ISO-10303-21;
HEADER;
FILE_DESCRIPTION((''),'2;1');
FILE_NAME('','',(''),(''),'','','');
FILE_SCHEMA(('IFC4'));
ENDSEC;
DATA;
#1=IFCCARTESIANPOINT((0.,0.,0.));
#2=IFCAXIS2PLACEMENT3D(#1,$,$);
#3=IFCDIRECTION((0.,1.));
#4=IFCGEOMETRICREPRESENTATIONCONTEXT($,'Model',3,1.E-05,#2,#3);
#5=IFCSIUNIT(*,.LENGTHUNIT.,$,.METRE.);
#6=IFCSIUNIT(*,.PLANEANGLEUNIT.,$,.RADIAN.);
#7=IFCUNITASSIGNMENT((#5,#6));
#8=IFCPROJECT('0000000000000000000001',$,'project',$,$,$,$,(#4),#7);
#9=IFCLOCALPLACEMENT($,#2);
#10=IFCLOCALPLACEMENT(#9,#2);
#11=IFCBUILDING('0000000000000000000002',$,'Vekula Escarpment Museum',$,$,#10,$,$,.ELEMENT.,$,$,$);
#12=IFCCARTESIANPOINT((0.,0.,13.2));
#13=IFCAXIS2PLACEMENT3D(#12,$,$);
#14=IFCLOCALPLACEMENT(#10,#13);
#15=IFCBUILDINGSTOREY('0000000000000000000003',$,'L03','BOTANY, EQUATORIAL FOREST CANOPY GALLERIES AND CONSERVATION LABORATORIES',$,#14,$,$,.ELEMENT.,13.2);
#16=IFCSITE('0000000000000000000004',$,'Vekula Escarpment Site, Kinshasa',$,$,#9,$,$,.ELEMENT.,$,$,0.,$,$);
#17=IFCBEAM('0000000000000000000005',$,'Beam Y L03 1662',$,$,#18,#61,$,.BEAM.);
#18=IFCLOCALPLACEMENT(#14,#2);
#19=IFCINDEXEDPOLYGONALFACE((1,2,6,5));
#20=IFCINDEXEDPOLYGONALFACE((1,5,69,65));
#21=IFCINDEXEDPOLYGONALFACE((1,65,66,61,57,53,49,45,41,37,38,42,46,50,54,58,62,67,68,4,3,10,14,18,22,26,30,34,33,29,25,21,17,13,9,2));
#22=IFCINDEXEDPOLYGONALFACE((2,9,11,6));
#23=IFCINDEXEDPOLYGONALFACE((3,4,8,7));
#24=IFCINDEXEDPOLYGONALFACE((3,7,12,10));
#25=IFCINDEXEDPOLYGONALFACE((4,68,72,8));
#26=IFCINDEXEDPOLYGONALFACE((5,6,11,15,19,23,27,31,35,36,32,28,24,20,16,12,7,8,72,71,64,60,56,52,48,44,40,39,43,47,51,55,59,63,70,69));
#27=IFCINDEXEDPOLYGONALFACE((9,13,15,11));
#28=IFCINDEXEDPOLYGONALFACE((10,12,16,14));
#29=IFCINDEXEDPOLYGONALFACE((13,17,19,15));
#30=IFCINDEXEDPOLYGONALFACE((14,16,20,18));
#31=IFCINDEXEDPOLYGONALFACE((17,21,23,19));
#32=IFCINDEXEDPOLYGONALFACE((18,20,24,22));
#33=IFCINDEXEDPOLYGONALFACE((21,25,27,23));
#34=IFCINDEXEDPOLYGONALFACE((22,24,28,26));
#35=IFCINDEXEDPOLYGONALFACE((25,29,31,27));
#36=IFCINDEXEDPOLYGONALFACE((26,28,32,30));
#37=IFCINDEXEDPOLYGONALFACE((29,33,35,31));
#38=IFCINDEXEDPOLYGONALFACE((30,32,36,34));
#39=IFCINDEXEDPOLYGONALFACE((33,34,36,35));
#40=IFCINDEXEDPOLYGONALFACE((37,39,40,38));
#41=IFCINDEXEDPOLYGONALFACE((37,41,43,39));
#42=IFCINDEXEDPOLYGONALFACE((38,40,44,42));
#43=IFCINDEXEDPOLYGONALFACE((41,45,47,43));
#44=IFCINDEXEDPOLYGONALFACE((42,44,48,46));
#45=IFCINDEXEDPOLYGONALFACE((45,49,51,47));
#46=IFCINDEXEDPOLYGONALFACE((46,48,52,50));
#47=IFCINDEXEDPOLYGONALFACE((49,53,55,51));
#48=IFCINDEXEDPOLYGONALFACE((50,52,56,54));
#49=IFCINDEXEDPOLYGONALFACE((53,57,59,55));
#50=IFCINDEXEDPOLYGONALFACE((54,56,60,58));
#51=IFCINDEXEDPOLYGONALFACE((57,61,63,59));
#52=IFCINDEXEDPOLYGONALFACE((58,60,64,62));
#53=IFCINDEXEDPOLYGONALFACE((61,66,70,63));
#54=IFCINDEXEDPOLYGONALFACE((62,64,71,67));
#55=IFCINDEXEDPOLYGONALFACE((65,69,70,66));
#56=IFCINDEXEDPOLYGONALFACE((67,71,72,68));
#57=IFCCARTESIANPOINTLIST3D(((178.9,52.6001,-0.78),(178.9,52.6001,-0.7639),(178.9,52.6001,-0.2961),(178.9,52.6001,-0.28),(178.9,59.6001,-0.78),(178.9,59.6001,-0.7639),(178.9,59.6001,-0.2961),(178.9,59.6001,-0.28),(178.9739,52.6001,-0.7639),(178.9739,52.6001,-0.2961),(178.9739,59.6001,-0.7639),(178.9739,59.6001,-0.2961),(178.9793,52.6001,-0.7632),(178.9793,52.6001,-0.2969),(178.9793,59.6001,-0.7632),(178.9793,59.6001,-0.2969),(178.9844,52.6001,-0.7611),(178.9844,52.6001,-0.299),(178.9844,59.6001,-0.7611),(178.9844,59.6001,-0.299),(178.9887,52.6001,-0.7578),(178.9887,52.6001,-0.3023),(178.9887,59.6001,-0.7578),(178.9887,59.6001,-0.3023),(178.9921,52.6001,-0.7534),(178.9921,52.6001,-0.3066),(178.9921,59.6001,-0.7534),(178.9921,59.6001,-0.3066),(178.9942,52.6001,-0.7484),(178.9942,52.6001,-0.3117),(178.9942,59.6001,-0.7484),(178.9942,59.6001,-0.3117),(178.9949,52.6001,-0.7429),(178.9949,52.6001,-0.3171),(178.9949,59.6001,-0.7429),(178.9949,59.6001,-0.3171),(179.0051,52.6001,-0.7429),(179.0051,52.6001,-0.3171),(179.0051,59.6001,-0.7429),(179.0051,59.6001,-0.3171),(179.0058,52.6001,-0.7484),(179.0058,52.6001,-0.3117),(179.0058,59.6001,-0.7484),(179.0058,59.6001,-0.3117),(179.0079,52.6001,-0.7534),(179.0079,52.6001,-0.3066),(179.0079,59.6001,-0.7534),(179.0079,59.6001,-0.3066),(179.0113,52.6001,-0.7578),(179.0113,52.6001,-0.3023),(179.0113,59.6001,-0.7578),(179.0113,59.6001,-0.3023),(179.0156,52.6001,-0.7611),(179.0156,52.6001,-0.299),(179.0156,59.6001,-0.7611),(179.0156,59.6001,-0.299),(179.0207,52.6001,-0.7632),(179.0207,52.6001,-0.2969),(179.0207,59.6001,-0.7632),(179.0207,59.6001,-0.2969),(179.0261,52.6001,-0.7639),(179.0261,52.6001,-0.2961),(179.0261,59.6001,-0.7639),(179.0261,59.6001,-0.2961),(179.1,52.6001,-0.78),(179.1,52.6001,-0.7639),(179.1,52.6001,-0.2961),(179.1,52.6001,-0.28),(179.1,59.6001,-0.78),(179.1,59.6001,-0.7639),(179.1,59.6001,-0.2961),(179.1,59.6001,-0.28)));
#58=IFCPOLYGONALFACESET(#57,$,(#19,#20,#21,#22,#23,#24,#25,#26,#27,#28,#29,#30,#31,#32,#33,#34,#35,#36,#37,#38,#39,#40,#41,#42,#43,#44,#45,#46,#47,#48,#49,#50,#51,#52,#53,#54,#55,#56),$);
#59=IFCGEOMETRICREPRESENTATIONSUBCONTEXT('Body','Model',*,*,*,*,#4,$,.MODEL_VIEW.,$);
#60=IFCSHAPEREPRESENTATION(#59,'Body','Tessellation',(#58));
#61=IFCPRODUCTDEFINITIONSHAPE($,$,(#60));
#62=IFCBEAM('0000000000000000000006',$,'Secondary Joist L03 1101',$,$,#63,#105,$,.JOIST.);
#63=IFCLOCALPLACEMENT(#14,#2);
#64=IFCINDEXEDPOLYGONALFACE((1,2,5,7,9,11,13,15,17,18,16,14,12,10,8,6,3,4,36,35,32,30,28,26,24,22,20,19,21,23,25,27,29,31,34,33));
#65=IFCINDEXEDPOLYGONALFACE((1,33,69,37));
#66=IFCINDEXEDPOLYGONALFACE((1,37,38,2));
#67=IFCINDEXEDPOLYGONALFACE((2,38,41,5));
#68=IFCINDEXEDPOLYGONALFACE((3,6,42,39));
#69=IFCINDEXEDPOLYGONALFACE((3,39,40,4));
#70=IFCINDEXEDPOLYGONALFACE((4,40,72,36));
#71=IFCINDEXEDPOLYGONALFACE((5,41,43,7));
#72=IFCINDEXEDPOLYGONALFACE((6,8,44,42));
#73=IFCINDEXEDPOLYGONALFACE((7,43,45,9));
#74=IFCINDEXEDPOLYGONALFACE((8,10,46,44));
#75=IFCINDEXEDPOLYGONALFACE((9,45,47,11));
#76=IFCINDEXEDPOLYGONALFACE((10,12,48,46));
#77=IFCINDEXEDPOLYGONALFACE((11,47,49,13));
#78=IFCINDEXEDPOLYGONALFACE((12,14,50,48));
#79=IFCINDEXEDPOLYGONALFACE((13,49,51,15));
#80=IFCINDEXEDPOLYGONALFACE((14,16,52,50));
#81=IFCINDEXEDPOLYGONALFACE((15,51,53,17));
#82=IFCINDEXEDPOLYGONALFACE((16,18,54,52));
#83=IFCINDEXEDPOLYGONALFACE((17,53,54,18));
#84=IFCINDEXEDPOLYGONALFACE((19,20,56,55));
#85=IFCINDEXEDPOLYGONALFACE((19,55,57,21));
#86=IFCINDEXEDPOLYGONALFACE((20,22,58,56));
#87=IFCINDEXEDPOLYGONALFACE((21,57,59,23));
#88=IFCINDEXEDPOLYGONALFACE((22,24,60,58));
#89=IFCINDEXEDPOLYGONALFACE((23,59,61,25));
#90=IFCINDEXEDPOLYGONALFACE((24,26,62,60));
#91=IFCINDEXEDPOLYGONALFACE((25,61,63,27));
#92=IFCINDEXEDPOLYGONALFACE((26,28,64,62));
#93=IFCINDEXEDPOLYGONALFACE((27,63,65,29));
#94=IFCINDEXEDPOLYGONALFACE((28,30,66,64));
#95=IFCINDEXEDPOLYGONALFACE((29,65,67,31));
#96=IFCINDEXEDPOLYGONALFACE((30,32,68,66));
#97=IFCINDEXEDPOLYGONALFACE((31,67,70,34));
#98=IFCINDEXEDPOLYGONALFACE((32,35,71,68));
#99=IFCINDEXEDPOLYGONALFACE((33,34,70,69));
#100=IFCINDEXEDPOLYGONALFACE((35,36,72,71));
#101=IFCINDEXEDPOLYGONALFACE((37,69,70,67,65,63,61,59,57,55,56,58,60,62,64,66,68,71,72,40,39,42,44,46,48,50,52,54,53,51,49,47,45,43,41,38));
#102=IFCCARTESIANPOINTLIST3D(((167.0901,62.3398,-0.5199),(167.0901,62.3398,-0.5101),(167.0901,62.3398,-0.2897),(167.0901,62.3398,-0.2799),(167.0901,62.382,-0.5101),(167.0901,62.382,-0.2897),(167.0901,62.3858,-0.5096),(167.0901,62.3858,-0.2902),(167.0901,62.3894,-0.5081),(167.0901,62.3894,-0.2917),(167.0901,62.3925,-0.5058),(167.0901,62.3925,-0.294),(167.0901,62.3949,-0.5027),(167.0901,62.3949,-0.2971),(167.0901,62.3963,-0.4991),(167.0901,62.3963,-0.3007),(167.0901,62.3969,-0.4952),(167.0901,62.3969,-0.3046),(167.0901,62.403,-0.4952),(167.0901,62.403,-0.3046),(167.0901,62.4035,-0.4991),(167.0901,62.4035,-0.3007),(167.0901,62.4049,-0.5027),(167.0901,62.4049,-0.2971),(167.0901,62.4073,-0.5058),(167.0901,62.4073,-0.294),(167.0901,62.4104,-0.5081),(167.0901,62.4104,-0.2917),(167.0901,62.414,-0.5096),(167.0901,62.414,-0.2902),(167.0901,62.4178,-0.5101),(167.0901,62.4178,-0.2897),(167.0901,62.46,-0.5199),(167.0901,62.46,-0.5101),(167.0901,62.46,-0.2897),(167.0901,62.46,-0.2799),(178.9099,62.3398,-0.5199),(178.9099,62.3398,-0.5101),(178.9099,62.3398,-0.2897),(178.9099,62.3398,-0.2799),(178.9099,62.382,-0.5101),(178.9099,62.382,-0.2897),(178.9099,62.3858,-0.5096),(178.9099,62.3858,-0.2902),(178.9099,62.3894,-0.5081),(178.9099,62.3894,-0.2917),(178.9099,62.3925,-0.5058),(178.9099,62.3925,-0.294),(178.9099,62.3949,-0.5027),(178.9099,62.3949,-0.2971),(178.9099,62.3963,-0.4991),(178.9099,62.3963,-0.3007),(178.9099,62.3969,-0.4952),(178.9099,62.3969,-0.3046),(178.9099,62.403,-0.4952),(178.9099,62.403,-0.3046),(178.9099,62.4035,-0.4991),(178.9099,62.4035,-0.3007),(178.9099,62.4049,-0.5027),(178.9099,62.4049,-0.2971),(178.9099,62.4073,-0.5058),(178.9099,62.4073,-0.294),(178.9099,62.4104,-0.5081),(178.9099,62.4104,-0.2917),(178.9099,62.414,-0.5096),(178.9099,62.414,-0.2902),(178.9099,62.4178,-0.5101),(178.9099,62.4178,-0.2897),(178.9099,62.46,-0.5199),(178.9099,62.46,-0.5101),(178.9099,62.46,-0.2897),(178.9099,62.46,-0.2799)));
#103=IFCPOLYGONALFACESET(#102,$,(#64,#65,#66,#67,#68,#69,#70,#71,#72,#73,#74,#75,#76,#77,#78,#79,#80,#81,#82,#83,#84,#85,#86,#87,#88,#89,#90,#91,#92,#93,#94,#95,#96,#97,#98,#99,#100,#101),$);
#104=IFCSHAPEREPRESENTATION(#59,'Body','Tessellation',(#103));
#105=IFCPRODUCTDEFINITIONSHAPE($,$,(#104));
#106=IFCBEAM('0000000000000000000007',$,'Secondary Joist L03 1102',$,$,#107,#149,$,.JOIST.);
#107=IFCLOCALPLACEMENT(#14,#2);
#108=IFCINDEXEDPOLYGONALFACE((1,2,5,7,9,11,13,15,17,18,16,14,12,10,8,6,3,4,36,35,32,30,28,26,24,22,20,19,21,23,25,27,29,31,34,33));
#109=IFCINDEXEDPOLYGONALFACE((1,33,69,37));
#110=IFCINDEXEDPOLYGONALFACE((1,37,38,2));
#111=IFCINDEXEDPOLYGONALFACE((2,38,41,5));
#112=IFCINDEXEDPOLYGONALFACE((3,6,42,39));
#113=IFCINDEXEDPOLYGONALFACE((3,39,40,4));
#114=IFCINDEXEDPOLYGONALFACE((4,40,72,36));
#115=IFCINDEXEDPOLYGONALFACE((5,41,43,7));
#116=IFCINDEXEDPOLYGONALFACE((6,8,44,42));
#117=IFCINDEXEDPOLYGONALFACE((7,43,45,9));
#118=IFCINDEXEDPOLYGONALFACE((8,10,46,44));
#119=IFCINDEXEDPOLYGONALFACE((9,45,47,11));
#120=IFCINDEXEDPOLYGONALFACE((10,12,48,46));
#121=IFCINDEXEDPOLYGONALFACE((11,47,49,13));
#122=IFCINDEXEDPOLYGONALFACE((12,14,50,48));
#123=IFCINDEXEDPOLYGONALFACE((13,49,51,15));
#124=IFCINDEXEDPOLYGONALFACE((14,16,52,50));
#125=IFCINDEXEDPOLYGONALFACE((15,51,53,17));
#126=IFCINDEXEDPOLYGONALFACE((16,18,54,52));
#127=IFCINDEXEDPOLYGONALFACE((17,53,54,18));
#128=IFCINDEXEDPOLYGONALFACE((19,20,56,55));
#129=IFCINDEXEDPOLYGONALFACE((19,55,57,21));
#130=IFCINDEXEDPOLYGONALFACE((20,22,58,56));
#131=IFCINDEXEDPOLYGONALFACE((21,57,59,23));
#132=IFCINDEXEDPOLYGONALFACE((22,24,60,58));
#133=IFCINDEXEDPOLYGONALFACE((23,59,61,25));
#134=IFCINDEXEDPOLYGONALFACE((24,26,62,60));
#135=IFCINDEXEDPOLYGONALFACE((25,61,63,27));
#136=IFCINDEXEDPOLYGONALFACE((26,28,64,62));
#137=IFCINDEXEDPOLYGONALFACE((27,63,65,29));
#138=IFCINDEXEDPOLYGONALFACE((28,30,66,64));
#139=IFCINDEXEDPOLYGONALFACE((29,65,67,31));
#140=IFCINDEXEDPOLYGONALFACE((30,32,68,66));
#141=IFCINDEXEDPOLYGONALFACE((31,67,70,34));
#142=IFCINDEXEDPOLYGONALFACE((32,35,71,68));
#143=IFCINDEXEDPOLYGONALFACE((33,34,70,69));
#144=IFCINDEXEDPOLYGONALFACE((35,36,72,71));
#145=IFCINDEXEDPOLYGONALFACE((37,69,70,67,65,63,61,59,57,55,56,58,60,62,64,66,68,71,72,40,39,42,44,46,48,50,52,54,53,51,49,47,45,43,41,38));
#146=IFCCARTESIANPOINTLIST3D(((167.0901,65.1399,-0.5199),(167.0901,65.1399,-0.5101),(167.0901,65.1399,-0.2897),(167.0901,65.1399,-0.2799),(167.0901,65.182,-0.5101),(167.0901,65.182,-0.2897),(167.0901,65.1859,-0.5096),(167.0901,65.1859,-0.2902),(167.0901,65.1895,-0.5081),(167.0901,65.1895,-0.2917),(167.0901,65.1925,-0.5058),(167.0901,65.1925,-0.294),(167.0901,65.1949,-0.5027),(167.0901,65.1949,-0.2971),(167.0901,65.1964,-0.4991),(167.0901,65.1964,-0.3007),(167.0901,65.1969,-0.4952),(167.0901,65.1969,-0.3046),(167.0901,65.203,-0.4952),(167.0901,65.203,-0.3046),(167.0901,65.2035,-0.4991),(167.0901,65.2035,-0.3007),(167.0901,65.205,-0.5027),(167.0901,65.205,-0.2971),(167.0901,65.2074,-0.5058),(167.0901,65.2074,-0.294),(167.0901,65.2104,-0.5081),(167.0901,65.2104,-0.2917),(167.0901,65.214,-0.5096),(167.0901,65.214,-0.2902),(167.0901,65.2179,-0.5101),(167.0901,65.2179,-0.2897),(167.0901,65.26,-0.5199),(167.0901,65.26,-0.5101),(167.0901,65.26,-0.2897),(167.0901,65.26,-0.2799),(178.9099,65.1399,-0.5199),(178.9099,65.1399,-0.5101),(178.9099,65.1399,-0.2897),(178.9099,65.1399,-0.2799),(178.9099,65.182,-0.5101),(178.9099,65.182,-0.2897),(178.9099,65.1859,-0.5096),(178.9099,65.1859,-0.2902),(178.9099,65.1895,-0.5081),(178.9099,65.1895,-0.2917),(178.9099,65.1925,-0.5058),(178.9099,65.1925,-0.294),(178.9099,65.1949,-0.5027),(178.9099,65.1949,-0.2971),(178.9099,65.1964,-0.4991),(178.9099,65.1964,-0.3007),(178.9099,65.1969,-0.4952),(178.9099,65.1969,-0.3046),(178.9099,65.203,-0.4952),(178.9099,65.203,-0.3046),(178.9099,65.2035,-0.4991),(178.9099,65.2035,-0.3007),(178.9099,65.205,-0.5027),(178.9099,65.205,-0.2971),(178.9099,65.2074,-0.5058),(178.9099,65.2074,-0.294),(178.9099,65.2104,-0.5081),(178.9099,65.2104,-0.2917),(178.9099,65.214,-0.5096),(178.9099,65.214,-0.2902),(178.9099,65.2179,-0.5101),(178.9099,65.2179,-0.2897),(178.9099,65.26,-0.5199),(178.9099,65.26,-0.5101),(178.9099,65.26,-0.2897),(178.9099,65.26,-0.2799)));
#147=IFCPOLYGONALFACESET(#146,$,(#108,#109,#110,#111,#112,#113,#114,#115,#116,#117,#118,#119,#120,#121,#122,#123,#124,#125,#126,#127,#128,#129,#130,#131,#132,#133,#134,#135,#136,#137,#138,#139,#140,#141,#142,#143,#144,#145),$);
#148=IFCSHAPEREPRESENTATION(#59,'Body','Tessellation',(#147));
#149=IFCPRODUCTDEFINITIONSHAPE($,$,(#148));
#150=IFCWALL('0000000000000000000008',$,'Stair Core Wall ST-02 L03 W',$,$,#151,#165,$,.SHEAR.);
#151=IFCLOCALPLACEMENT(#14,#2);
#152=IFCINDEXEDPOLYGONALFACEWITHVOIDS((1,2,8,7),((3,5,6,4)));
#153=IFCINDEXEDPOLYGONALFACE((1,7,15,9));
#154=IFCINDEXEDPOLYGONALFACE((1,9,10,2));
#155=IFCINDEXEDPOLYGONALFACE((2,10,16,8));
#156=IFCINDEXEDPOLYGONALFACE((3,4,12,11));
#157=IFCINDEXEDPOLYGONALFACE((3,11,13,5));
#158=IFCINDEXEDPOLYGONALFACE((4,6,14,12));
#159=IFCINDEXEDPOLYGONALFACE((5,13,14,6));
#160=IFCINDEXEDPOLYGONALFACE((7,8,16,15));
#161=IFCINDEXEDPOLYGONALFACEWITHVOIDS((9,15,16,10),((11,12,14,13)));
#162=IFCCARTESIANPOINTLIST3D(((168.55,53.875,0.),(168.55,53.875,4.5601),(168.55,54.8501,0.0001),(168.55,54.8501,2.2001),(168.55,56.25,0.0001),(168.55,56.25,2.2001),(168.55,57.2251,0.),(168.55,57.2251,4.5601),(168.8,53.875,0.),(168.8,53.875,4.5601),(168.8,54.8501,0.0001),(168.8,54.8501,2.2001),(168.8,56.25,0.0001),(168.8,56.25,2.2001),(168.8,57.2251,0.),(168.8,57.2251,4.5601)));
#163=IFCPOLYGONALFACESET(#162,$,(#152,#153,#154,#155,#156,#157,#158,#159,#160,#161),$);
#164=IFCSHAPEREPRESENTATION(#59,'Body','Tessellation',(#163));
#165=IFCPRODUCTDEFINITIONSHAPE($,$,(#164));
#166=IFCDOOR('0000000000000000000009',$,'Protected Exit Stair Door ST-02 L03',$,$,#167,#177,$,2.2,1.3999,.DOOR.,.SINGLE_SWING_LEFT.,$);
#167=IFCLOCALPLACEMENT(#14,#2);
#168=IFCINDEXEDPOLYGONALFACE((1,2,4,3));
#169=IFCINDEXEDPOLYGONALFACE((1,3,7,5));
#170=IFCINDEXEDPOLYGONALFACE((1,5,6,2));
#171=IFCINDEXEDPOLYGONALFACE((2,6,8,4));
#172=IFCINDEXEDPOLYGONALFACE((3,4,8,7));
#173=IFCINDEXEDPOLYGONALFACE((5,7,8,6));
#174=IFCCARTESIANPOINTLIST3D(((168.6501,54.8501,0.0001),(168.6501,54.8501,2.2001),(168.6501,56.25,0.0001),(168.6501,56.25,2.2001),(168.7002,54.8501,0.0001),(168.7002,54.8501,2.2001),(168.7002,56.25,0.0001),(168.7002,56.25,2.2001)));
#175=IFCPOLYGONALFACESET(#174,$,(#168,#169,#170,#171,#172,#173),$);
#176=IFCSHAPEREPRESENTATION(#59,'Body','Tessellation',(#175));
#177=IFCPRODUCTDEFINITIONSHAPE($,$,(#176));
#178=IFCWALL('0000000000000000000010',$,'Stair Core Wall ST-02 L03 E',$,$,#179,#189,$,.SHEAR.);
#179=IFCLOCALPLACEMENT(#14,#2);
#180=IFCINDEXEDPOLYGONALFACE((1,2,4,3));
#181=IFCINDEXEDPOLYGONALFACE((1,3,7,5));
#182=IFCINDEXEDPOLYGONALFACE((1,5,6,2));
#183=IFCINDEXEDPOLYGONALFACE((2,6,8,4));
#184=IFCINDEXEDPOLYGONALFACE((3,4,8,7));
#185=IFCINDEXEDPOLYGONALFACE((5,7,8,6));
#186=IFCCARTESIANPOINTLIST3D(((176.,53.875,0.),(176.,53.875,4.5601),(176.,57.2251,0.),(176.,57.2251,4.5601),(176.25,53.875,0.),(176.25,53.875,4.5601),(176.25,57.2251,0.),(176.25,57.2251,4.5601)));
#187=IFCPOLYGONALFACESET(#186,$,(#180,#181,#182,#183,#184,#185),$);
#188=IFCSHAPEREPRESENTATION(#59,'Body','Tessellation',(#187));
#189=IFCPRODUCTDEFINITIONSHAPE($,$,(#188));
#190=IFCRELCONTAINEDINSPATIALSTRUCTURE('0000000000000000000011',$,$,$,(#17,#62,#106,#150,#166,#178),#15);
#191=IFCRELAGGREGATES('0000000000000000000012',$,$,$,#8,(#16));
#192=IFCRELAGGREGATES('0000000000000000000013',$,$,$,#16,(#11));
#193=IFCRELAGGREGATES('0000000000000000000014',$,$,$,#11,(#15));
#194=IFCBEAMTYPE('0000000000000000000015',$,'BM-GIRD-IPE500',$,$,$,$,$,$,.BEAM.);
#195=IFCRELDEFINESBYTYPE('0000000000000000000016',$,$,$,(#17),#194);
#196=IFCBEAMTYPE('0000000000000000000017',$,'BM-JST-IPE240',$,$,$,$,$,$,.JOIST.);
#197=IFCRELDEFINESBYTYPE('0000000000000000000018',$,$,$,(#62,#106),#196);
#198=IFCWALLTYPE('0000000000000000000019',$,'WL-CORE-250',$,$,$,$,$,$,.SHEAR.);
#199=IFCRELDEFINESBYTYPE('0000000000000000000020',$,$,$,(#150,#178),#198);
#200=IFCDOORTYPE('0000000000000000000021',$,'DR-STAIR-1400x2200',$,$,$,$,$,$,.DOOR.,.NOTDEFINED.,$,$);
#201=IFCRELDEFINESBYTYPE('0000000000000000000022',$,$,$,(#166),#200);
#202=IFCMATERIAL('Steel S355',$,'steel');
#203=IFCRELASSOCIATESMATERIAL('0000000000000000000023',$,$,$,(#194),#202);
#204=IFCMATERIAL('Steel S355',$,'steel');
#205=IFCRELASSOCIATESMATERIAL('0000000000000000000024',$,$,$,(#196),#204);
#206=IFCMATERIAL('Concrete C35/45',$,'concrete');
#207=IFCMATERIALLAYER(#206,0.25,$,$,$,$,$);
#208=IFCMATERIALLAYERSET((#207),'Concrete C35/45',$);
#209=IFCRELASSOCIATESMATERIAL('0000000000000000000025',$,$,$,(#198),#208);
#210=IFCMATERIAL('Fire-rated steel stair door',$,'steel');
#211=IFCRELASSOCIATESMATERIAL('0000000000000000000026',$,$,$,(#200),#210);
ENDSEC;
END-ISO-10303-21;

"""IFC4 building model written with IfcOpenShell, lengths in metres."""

from ifc_helpers import new_model, si_unit, direction, frame, frame_2d, origin, origin_2d, place, context, subcontext, project, spatial, rectangle, i_section, extrude, material, layer, layer_set, material_profile, profile_set, type_object, element, fill, save


model = new_model("IFC4")

# Units and contexts
model_context = context("Model", 3, precision=1e-05, world=origin(), true_north=direction((0.0, 1.0)))
body_context = subcontext(model_context, "Body", "Model", "MODEL_VIEW")
ifc_project = project(units=[si_unit("LENGTHUNIT", "METRE"), si_unit("PLANEANGLEUNIT", "RADIAN")], contexts=[model_context])

# Site, building, storey
site_placement = place(None, origin())
site = spatial("IfcSite", under=ifc_project, at=site_placement, Name="Vekula Escarpment Site, Kinshasa", CompositionType="ELEMENT", RefElevation=0.0)
building_placement = place(site_placement, origin())
building = spatial("IfcBuilding", under=site, at=building_placement, Name="Vekula Escarpment Museum", CompositionType="ELEMENT")
storey_placement = place(building_placement, frame((0.0, 0.0, 13.2)))
storey = spatial("IfcBuildingStorey", under=building, at=storey_placement, Name="L03", Description="BOTANY, EQUATORIAL FOREST CANOPY GALLERIES AND CONSERVATION LABORATORIES", CompositionType="ELEMENT", Elevation=13.2)

# Beams
ifc_material_1 = material(Name="Steel S355", Category="steel")
ifc_material_profile_1 = material_profile(ifc_material_1, i_section(OverallWidth=0.2, OverallDepth=0.5, WebThickness=0.0103, FlangeThickness=0.0161, FilletRadius=0.021, at=origin_2d()), Name="IPE 500")
ifc_profile_set_1 = profile_set([ifc_material_profile_1], Name="Steel S355")
beam_type_1 = type_object("IfcBeamType", Name="BM-GIRD-IPE500", PredefinedType="BEAM", material=ifc_profile_set_1)
beam_placement = place(storey_placement, frame((179.0, 52.6001, -0.53), z_axis=(0.0, 1.0, 0.0), x_axis=(-1.0, 0.0, 0.0)))
element("IfcBeam", 1, at=beam_placement, inside=storey, type_object=beam_type_1, Name="Beam Y L03 1662", PredefinedType="BEAM", context=body_context, shape_type="SweptSolid", body=[
    extrude(i_section(OverallWidth=0.2, OverallDepth=0.5, WebThickness=0.0103, FlangeThickness=0.0161, FilletRadius=0.021, at=origin_2d()), origin(), (0.0, 0.0, 1.0), 7.0),
])
ifc_material_2 = material(Name="Steel S355", Category="steel")
ifc_material_profile_2 = material_profile(ifc_material_2, i_section(OverallWidth=0.1201, OverallDepth=0.24, WebThickness=0.0061, FlangeThickness=0.0098, FilletRadius=0.0149, at=origin_2d()), Name="IPE 240")
ifc_profile_set_2 = profile_set([ifc_material_profile_2], Name="Steel S355")
beam_type_2 = type_object("IfcBeamType", Name="BM-JST-IPE240", PredefinedType="JOIST", material=ifc_profile_set_2)
for number, where, z_axis, x_axis, name in (
    (2, (167.0901, 62.3999, -0.3999), (1.0, 0.0, 0.0), (0.0, 1.0, 0.0), "Secondary Joist L03 1101"),
    (3, (167.0901, 65.2, -0.3999), (1.0, 0.0, 0.0), (0.0, 1.0, 0.0), "Secondary Joist L03 1102"),
):
    element("IfcBeam", number, at=place(storey_placement, frame(where, z_axis=z_axis, x_axis=x_axis)), inside=storey, type_object=beam_type_2, Name=name, PredefinedType="JOIST", context=body_context, shape_type="SweptSolid", body=[
        extrude(i_section(OverallWidth=0.1201, OverallDepth=0.24, WebThickness=0.0061, FlangeThickness=0.0098, FilletRadius=0.0149, at=origin_2d()), origin(), (0.0, 0.0, 1.0), 11.8198),
    ])

# Wall, opening, door
ifc_material_3 = material(Name="Concrete C35/45", Category="concrete")
ifc_layer_1 = layer(ifc_material_3, 0.25)
ifc_layer_set_1 = layer_set([ifc_layer_1], Name="Concrete C35/45")
wall_type_1 = type_object("IfcWallType", Name="WL-CORE-250", PredefinedType="SHEAR", material=ifc_layer_set_1)
wall_1_placement = place(storey_placement, frame((168.675, 53.875, 0.0), z_axis=(0.0, 0.0, 1.0), x_axis=(0.0, 1.0, 0.0)))
wall_1 = element("IfcWall", 4, at=wall_1_placement, inside=storey, type_object=wall_type_1, Name="Stair Core Wall ST-02 L03 W", PredefinedType="SHEAR", context=body_context, shape_type="SweptSolid", body=[
    extrude(rectangle(XDim=3.3501, YDim=0.25, at=frame_2d((1.675, 0.0))), origin(), (0.0, 0.0, 1.0), 4.5601),
])
opening_1_placement = place(wall_1_placement, frame((0.9751, 0.0, 0.0)))
opening_1 = element("IfcOpeningElement", 5, at=opening_1_placement, cuts=wall_1, PredefinedType="OPENING", context=body_context, shape_type="SweptSolid", body=[
    extrude(rectangle(XDim=1.3999, YDim=2.2, at=frame_2d((0.7, 1.1001))), frame((0.0, 0.135, 0.0), z_axis=(0.0, -1.0, 0.0), x_axis=(1.0, 0.0, 0.0)), (0.0, 0.0, 1.0), 0.27),
])
ifc_material_4 = material(Name="Fire-rated steel stair door", Category="steel")
door_type_1 = type_object("IfcDoorType", Name="DR-STAIR-1400x2200", OperationType="NOTDEFINED", PredefinedType="DOOR", material=ifc_material_4)
door_1_placement = place(opening_1_placement, origin())
door_1 = element("IfcDoor", 6, at=door_1_placement, inside=storey, type_object=door_type_1, Name="Protected Exit Stair Door ST-02 L03", OperationType="SINGLE_SWING_LEFT", OverallHeight=2.2, OverallWidth=1.3999, PredefinedType="DOOR", context=body_context, shape_type="SweptSolid", body=[
    extrude(rectangle(XDim=1.3999, YDim=2.2, at=frame_2d((0.7, 1.1001))), frame((0.0, 0.0249, 0.0), z_axis=(0.0, -1.0, 0.0), x_axis=(1.0, 0.0, 0.0)), (0.0, 0.0, 1.0), 0.05),
])
fill(opening_1, door_1)

# Wall
wall_2_placement = place(storey_placement, frame((176.125, 53.875, 0.0), z_axis=(0.0, 0.0, 1.0), x_axis=(0.0, 1.0, 0.0)))
element("IfcWall", 7, at=wall_2_placement, inside=storey, type_object=wall_type_1, Name="Stair Core Wall ST-02 L03 E", PredefinedType="SHEAR", context=body_context, shape_type="SweptSolid", body=[
    extrude(rectangle(XDim=3.3501, YDim=0.25, at=frame_2d((1.675, 0.0))), origin(), (0.0, 0.0, 1.0), 4.5601),
])

save(model, "model.ifc")
